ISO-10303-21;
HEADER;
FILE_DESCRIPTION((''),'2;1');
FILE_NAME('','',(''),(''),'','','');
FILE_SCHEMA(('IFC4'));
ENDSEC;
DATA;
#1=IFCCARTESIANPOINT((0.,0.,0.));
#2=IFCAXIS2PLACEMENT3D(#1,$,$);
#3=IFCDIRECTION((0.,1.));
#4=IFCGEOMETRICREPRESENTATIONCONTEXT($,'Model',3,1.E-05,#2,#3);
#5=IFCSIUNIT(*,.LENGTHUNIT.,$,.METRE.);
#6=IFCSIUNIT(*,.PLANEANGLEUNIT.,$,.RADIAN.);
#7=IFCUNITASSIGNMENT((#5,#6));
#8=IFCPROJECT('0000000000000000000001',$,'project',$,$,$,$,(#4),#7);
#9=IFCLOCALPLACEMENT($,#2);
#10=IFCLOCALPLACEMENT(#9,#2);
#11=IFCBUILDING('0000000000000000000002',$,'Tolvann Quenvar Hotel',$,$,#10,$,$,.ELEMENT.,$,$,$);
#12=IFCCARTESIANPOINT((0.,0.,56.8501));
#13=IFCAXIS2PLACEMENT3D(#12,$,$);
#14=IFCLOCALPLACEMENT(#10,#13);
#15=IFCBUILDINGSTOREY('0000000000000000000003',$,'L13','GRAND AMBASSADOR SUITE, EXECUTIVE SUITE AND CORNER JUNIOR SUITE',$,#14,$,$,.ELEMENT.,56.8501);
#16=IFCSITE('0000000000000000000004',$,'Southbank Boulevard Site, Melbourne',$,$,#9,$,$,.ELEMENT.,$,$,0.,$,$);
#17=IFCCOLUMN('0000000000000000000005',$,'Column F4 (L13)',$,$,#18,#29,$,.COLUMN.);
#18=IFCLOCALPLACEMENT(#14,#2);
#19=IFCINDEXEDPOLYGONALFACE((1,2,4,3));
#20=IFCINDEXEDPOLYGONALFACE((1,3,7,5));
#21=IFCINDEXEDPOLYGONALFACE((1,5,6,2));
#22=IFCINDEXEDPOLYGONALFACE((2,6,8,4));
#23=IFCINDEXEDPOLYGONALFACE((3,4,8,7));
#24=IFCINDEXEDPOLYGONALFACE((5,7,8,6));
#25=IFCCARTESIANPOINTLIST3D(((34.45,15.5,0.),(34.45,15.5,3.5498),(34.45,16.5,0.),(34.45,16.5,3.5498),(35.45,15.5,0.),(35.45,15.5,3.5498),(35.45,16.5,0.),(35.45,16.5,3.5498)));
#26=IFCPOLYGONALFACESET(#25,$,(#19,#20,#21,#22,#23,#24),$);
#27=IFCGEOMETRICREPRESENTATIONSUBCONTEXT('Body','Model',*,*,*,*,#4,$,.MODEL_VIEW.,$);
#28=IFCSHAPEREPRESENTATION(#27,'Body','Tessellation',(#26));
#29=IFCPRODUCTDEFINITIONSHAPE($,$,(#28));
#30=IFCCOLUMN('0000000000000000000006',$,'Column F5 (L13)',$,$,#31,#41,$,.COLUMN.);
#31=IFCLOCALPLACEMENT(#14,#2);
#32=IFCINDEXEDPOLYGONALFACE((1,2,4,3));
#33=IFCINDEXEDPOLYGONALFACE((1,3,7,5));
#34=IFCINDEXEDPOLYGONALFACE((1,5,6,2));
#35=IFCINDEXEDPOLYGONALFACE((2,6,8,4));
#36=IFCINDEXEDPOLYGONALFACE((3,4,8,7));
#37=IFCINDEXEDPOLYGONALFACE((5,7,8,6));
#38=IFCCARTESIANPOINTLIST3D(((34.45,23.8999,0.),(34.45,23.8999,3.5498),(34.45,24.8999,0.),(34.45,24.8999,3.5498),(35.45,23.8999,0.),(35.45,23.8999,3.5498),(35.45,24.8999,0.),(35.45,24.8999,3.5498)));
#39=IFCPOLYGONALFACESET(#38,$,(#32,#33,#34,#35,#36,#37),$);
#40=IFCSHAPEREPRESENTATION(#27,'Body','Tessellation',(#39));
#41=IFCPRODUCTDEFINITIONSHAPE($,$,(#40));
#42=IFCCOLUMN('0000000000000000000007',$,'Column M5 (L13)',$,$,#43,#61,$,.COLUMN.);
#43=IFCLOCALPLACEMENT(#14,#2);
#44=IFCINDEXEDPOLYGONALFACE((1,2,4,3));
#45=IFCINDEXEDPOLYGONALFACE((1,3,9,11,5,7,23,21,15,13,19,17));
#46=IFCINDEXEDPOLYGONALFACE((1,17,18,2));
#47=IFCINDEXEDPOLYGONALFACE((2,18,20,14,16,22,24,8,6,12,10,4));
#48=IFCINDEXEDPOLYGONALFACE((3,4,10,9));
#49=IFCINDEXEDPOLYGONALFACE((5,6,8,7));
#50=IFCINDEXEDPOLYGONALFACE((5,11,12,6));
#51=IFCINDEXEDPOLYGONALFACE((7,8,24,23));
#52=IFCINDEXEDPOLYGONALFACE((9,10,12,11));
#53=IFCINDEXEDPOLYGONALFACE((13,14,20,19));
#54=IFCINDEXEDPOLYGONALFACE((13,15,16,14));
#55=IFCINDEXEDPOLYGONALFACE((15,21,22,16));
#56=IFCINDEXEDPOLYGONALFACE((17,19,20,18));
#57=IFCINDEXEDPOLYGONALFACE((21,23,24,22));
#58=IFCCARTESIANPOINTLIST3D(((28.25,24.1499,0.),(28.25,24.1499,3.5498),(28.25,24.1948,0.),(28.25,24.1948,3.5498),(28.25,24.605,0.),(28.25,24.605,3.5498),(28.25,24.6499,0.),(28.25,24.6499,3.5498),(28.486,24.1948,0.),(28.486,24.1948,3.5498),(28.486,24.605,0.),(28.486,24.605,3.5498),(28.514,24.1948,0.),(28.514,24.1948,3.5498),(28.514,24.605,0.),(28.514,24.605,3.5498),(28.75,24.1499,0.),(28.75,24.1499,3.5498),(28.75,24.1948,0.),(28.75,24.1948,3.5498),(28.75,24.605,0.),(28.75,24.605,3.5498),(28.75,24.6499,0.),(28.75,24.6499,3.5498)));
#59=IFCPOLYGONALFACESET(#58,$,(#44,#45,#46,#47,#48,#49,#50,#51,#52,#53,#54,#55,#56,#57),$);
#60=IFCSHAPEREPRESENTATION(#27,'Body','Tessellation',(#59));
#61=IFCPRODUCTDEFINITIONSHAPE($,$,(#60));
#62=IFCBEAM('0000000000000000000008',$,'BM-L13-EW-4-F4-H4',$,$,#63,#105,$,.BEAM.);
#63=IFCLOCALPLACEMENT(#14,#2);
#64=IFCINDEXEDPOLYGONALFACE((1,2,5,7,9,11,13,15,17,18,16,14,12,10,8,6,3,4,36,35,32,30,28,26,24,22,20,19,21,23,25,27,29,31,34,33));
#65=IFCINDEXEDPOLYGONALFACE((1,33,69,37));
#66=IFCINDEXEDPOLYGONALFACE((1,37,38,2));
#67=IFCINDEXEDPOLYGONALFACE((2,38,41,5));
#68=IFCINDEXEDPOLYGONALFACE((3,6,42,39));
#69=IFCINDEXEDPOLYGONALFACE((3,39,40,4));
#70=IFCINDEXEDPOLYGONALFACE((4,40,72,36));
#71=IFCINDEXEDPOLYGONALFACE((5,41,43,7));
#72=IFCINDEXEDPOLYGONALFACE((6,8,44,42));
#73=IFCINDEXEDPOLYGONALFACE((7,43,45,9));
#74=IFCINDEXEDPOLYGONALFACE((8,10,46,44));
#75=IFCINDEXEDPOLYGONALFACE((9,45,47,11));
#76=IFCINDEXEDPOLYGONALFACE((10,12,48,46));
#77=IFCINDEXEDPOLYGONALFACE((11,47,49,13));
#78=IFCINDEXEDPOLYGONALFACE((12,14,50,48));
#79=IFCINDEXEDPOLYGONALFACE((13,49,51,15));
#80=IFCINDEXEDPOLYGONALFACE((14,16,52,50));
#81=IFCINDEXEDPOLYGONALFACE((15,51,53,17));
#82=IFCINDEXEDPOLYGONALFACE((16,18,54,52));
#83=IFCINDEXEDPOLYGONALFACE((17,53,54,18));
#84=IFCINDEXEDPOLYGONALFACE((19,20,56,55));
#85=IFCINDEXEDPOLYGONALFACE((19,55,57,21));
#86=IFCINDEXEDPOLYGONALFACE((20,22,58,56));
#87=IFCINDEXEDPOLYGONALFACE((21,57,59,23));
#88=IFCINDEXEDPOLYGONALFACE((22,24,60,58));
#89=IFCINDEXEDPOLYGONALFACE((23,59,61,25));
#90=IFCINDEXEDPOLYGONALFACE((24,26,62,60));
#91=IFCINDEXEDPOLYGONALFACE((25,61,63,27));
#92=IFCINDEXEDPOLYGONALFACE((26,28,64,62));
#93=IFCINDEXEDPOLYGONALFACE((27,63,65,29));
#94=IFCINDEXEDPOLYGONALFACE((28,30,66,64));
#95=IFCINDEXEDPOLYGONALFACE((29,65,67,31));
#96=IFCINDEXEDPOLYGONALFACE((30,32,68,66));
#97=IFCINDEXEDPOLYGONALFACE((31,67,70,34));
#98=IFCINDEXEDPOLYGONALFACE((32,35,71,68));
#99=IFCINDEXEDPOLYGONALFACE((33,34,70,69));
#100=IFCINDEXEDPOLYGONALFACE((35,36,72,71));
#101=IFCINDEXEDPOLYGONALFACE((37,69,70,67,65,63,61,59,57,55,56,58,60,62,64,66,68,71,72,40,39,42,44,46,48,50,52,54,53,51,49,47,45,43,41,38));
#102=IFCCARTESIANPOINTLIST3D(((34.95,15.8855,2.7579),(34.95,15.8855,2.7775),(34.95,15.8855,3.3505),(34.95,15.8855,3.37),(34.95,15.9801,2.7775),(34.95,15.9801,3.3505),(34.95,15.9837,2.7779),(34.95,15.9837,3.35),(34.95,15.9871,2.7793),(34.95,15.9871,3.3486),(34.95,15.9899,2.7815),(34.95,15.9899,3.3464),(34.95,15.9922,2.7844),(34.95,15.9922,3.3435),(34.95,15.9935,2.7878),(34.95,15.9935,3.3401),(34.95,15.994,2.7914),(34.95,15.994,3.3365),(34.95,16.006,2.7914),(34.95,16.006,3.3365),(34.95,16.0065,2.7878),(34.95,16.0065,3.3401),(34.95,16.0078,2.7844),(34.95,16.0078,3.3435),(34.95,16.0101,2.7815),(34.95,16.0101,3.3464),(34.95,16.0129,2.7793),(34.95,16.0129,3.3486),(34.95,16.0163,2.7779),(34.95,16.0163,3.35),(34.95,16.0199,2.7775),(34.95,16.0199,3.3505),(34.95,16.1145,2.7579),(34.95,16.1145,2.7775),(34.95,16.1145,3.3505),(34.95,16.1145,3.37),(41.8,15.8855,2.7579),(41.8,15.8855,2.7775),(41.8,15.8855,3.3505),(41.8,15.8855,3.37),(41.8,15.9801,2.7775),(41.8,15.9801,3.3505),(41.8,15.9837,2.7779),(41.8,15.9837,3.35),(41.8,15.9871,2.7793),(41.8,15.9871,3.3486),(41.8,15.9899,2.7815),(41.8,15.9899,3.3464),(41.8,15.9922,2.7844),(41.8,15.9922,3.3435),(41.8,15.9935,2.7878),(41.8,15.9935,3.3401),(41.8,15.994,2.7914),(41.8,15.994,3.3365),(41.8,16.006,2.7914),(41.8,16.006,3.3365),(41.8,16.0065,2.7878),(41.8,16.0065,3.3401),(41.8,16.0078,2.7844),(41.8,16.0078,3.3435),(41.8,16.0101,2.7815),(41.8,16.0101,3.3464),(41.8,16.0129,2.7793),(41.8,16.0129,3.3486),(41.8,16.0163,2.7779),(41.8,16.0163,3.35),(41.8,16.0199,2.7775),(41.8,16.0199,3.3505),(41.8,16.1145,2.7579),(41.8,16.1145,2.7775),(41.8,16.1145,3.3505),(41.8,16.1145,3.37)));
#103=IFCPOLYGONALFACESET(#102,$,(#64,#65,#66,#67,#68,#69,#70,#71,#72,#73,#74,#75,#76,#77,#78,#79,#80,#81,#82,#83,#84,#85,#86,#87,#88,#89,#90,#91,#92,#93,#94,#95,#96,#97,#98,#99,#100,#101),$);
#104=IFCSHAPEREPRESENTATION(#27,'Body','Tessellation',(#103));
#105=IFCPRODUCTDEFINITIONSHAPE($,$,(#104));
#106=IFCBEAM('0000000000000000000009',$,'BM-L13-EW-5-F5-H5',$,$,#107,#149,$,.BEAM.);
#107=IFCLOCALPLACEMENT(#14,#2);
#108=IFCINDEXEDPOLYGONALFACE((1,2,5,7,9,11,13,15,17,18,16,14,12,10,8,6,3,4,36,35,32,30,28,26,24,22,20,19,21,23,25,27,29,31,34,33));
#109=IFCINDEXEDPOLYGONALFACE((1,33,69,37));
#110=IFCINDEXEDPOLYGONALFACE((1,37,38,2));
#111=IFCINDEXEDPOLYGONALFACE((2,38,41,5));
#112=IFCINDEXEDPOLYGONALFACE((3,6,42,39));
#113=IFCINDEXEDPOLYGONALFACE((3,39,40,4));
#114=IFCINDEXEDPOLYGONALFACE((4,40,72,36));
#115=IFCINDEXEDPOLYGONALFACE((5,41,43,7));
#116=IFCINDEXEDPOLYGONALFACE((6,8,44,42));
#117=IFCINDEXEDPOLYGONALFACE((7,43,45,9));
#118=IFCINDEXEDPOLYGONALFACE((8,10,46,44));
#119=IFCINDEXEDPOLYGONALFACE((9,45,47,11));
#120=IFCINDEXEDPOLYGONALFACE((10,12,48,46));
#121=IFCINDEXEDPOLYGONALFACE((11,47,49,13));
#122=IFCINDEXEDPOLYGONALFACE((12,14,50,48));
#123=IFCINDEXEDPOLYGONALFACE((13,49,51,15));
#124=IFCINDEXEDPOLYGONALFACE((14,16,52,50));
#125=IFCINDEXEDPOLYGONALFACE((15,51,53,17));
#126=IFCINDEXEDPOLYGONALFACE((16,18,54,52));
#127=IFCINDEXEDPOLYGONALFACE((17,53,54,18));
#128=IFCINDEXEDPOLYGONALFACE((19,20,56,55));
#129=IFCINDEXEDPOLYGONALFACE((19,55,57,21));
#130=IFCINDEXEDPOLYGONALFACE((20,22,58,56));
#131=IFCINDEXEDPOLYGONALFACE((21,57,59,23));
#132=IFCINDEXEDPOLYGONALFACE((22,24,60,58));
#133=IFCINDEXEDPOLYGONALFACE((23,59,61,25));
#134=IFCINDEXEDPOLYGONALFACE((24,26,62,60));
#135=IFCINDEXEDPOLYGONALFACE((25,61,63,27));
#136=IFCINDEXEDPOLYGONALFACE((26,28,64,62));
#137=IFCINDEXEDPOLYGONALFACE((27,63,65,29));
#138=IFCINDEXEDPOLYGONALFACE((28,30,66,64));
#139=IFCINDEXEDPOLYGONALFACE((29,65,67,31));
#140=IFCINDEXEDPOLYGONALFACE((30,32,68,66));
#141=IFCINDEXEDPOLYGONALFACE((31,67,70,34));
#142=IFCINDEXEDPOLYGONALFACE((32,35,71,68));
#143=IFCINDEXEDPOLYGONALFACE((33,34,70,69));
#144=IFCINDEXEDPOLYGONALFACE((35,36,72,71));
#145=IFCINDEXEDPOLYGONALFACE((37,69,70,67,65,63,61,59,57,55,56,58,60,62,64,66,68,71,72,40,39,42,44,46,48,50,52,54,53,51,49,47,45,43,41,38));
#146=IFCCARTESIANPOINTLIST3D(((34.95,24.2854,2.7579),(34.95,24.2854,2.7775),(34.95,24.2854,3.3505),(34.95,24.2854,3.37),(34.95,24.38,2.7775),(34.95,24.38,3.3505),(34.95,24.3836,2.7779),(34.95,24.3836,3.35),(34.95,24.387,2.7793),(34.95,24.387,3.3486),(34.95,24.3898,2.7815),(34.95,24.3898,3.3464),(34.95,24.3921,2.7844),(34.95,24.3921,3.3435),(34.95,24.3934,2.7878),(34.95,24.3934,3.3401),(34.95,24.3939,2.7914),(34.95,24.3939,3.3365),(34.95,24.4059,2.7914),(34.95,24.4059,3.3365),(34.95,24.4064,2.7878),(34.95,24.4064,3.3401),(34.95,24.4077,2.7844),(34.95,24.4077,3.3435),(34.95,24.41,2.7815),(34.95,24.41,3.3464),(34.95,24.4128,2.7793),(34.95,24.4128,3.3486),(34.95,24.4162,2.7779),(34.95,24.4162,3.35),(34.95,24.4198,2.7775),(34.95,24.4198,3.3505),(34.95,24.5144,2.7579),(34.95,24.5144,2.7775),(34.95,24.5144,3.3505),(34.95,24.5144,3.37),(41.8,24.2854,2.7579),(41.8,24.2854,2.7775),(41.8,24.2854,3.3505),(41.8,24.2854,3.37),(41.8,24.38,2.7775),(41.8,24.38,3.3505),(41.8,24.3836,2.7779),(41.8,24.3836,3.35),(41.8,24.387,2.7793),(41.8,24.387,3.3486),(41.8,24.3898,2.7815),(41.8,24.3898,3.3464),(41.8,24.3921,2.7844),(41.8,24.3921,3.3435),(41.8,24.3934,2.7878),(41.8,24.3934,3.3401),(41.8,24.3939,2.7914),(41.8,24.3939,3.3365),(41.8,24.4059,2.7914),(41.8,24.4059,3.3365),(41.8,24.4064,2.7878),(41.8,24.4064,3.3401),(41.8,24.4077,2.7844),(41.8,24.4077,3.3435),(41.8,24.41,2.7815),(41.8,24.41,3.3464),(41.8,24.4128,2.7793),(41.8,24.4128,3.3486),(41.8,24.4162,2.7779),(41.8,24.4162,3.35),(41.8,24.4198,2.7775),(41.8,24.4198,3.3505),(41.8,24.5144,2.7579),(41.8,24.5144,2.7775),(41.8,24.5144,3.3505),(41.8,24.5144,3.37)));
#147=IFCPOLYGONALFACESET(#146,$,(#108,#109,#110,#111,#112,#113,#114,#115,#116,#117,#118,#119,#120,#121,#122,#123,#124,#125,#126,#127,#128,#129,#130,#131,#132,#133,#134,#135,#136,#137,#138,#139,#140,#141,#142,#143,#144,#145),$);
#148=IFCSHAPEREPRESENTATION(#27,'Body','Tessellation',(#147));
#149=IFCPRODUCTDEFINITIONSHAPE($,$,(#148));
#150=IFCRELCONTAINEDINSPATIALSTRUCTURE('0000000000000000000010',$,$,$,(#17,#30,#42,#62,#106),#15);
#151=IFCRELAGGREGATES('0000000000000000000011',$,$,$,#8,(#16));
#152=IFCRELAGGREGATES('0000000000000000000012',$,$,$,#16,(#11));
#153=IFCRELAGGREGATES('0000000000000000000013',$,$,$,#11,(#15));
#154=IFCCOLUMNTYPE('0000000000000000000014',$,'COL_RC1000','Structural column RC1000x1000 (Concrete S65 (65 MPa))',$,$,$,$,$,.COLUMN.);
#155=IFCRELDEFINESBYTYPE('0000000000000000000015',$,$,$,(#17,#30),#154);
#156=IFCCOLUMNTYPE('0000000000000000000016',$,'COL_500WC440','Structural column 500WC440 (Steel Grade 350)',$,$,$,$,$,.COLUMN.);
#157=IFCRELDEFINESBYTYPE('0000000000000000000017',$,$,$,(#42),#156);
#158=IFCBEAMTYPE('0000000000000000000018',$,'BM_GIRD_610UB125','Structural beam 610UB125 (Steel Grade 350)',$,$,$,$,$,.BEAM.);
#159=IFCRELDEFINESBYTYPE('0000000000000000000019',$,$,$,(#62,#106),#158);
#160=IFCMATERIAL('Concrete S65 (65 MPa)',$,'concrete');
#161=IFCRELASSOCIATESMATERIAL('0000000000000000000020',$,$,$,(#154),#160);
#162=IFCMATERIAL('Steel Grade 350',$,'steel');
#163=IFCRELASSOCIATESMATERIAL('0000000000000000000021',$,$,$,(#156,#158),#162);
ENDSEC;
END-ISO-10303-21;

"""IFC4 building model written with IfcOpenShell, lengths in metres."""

from ifc_helpers import new_model, si_unit, direction, frame, origin, origin_2d, place, context, subcontext, project, spatial, rectangle, i_section, extrude, source, transform, mapped, material, material_profile, profile_set, type_object, type_shapes, element, save


model = new_model("IFC4")

# Units and contexts
model_context = context("Model", 3, precision=1e-05, world=origin(), true_north=direction((0.0, 1.0)))
body_context = subcontext(model_context, "Body", "Model", "MODEL_VIEW")
ifc_project = project(units=[si_unit("LENGTHUNIT", "METRE"), si_unit("PLANEANGLEUNIT", "RADIAN")], contexts=[model_context])

# Site, building, storey
site_placement = place(None, origin())
site = spatial("IfcSite", under=ifc_project, at=site_placement, Name="Southbank Boulevard Site, Melbourne", CompositionType="ELEMENT", RefElevation=0.0)
building_placement = place(site_placement, origin())
building = spatial("IfcBuilding", under=site, at=building_placement, Name="Tolvann Quenvar Hotel", CompositionType="ELEMENT")
storey_placement = place(building_placement, frame((0.0, 0.0, 56.8501)))
storey = spatial("IfcBuildingStorey", under=building, at=storey_placement, Name="L13", Description="GRAND AMBASSADOR SUITE, EXECUTIVE SUITE AND CORNER JUNIOR SUITE", CompositionType="ELEMENT", Elevation=56.8501)

# Columns
ifc_material_1 = material(Name="Concrete S65 (65 MPa)", Category="concrete")
ifc_material_profile_1 = material_profile(ifc_material_1, rectangle(XDim=1.0, YDim=1.0, at=origin_2d()), Name="RC1000x1000")
ifc_profile_set_1 = profile_set([ifc_material_profile_1], Name="Concrete S65 (65 MPa)")
column_type_1 = type_object("IfcColumnType", Name="COL_RC1000", Description="Structural column RC1000x1000 (Concrete S65 (65 MPa))", PredefinedType="COLUMN", material=ifc_profile_set_1)
shared_shape_1 = source(origin(), body_context, "Body", "SweptSolid", [
    extrude(rectangle(XDim=1.0, YDim=1.0, at=origin_2d()), origin(), (0.0, 0.0, 1.0), 3.5498),
])
type_shapes(column_type_1, [shared_shape_1])
for number, where, z_axis, x_axis, name in (
    (1, (34.95, 16.0, 0.0), (0.0, 0.0, 1.0), (1.0, 0.0, 0.0), "Column F4 (L13)"),
    (2, (34.95, 24.3999, 0.0), (0.0, 0.0, 1.0), (1.0, 0.0, 0.0), "Column F5 (L13)"),
):
    element("IfcColumn", number, at=place(storey_placement, frame(where, z_axis=z_axis, x_axis=x_axis)), inside=storey, type_object=column_type_1, Name=name, PredefinedType="COLUMN", context=body_context, shape_type="MappedRepresentation", body=[
        mapped(shared_shape_1, transform((0.0, 0.0, 0.0), x_axis=(1.0, 0.0, 0.0), y_axis=(0.0, 1.0, 0.0), z_axis=(0.0, 0.0, 1.0), scale=1.0)),
    ])
ifc_material_2 = material(Name="Steel Grade 350", Category="steel")
ifc_material_profile_2 = material_profile(ifc_material_2, i_section(OverallWidth=0.5, OverallDepth=0.5, WebThickness=0.0281, FlangeThickness=0.0449, at=origin_2d()), Name="500WC440")
ifc_profile_set_2 = profile_set([ifc_material_profile_2], Name="Steel Grade 350")
column_type_2 = type_object("IfcColumnType", Name="COL_500WC440", Description="Structural column 500WC440 (Steel Grade 350)", PredefinedType="COLUMN", material=ifc_profile_set_2)
shared_shape_2 = source(origin(), body_context, "Body", "SweptSolid", [
    extrude(i_section(OverallWidth=0.5, OverallDepth=0.5, WebThickness=0.0281, FlangeThickness=0.0449, at=origin_2d()), origin(), (0.0, 0.0, 1.0), 3.5498),
])
type_shapes(column_type_2, [shared_shape_2])
column_placement = place(storey_placement, frame((28.5, 24.3999, 0.0), z_axis=(0.0, 0.0, 1.0), x_axis=(1.0, 0.0, 0.0)))
element("IfcColumn", 3, at=column_placement, inside=storey, type_object=column_type_2, Name="Column M5 (L13)", PredefinedType="COLUMN", context=body_context, shape_type="MappedRepresentation", body=[
    mapped(shared_shape_2, transform((0.0, 0.0, 0.0), x_axis=(1.0, 0.0, 0.0), y_axis=(0.0, 1.0, 0.0), z_axis=(0.0, 0.0, 1.0), scale=1.0)),
])

# Beams
ifc_material_profile_3 = material_profile(ifc_material_2, i_section(OverallWidth=0.229, OverallDepth=0.6121, WebThickness=0.012, FlangeThickness=0.0195, FilletRadius=0.0139, at=origin_2d()), Name="610UB125")
ifc_profile_set_3 = profile_set([ifc_material_profile_3], Name="Steel Grade 350")
beam_type_1 = type_object("IfcBeamType", Name="BM_GIRD_610UB125", Description="Structural beam 610UB125 (Steel Grade 350)", PredefinedType="BEAM", material=ifc_profile_set_3)
shared_shape_3 = source(origin(), body_context, "Body", "SweptSolid", [
    extrude(i_section(OverallWidth=0.229, OverallDepth=0.6121, WebThickness=0.012, FlangeThickness=0.0195, FilletRadius=0.0139, at=origin_2d()), origin(), (0.0, 0.0, 1.0), 6.8501),
])
for number, where, z_axis, x_axis, name in (
    (4, (34.95, 16.0, 3.064), (1.0, 0.0, 0.0), (0.0, 1.0, 0.0), "BM-L13-EW-4-F4-H4"),
    (5, (34.95, 24.3999, 3.064), (1.0, 0.0, 0.0), (0.0, 1.0, 0.0), "BM-L13-EW-5-F5-H5"),
):
    element("IfcBeam", number, at=place(storey_placement, frame(where, z_axis=z_axis, x_axis=x_axis)), inside=storey, type_object=beam_type_1, Name=name, PredefinedType="BEAM", context=body_context, shape_type="MappedRepresentation", body=[
        mapped(shared_shape_3, transform((0.0, 0.0, 0.0), x_axis=(1.0, 0.0, 0.0), y_axis=(0.0, 1.0, 0.0), z_axis=(0.0, 0.0, 1.0), scale=1.0)),
    ])

save(model, "model.ifc")
